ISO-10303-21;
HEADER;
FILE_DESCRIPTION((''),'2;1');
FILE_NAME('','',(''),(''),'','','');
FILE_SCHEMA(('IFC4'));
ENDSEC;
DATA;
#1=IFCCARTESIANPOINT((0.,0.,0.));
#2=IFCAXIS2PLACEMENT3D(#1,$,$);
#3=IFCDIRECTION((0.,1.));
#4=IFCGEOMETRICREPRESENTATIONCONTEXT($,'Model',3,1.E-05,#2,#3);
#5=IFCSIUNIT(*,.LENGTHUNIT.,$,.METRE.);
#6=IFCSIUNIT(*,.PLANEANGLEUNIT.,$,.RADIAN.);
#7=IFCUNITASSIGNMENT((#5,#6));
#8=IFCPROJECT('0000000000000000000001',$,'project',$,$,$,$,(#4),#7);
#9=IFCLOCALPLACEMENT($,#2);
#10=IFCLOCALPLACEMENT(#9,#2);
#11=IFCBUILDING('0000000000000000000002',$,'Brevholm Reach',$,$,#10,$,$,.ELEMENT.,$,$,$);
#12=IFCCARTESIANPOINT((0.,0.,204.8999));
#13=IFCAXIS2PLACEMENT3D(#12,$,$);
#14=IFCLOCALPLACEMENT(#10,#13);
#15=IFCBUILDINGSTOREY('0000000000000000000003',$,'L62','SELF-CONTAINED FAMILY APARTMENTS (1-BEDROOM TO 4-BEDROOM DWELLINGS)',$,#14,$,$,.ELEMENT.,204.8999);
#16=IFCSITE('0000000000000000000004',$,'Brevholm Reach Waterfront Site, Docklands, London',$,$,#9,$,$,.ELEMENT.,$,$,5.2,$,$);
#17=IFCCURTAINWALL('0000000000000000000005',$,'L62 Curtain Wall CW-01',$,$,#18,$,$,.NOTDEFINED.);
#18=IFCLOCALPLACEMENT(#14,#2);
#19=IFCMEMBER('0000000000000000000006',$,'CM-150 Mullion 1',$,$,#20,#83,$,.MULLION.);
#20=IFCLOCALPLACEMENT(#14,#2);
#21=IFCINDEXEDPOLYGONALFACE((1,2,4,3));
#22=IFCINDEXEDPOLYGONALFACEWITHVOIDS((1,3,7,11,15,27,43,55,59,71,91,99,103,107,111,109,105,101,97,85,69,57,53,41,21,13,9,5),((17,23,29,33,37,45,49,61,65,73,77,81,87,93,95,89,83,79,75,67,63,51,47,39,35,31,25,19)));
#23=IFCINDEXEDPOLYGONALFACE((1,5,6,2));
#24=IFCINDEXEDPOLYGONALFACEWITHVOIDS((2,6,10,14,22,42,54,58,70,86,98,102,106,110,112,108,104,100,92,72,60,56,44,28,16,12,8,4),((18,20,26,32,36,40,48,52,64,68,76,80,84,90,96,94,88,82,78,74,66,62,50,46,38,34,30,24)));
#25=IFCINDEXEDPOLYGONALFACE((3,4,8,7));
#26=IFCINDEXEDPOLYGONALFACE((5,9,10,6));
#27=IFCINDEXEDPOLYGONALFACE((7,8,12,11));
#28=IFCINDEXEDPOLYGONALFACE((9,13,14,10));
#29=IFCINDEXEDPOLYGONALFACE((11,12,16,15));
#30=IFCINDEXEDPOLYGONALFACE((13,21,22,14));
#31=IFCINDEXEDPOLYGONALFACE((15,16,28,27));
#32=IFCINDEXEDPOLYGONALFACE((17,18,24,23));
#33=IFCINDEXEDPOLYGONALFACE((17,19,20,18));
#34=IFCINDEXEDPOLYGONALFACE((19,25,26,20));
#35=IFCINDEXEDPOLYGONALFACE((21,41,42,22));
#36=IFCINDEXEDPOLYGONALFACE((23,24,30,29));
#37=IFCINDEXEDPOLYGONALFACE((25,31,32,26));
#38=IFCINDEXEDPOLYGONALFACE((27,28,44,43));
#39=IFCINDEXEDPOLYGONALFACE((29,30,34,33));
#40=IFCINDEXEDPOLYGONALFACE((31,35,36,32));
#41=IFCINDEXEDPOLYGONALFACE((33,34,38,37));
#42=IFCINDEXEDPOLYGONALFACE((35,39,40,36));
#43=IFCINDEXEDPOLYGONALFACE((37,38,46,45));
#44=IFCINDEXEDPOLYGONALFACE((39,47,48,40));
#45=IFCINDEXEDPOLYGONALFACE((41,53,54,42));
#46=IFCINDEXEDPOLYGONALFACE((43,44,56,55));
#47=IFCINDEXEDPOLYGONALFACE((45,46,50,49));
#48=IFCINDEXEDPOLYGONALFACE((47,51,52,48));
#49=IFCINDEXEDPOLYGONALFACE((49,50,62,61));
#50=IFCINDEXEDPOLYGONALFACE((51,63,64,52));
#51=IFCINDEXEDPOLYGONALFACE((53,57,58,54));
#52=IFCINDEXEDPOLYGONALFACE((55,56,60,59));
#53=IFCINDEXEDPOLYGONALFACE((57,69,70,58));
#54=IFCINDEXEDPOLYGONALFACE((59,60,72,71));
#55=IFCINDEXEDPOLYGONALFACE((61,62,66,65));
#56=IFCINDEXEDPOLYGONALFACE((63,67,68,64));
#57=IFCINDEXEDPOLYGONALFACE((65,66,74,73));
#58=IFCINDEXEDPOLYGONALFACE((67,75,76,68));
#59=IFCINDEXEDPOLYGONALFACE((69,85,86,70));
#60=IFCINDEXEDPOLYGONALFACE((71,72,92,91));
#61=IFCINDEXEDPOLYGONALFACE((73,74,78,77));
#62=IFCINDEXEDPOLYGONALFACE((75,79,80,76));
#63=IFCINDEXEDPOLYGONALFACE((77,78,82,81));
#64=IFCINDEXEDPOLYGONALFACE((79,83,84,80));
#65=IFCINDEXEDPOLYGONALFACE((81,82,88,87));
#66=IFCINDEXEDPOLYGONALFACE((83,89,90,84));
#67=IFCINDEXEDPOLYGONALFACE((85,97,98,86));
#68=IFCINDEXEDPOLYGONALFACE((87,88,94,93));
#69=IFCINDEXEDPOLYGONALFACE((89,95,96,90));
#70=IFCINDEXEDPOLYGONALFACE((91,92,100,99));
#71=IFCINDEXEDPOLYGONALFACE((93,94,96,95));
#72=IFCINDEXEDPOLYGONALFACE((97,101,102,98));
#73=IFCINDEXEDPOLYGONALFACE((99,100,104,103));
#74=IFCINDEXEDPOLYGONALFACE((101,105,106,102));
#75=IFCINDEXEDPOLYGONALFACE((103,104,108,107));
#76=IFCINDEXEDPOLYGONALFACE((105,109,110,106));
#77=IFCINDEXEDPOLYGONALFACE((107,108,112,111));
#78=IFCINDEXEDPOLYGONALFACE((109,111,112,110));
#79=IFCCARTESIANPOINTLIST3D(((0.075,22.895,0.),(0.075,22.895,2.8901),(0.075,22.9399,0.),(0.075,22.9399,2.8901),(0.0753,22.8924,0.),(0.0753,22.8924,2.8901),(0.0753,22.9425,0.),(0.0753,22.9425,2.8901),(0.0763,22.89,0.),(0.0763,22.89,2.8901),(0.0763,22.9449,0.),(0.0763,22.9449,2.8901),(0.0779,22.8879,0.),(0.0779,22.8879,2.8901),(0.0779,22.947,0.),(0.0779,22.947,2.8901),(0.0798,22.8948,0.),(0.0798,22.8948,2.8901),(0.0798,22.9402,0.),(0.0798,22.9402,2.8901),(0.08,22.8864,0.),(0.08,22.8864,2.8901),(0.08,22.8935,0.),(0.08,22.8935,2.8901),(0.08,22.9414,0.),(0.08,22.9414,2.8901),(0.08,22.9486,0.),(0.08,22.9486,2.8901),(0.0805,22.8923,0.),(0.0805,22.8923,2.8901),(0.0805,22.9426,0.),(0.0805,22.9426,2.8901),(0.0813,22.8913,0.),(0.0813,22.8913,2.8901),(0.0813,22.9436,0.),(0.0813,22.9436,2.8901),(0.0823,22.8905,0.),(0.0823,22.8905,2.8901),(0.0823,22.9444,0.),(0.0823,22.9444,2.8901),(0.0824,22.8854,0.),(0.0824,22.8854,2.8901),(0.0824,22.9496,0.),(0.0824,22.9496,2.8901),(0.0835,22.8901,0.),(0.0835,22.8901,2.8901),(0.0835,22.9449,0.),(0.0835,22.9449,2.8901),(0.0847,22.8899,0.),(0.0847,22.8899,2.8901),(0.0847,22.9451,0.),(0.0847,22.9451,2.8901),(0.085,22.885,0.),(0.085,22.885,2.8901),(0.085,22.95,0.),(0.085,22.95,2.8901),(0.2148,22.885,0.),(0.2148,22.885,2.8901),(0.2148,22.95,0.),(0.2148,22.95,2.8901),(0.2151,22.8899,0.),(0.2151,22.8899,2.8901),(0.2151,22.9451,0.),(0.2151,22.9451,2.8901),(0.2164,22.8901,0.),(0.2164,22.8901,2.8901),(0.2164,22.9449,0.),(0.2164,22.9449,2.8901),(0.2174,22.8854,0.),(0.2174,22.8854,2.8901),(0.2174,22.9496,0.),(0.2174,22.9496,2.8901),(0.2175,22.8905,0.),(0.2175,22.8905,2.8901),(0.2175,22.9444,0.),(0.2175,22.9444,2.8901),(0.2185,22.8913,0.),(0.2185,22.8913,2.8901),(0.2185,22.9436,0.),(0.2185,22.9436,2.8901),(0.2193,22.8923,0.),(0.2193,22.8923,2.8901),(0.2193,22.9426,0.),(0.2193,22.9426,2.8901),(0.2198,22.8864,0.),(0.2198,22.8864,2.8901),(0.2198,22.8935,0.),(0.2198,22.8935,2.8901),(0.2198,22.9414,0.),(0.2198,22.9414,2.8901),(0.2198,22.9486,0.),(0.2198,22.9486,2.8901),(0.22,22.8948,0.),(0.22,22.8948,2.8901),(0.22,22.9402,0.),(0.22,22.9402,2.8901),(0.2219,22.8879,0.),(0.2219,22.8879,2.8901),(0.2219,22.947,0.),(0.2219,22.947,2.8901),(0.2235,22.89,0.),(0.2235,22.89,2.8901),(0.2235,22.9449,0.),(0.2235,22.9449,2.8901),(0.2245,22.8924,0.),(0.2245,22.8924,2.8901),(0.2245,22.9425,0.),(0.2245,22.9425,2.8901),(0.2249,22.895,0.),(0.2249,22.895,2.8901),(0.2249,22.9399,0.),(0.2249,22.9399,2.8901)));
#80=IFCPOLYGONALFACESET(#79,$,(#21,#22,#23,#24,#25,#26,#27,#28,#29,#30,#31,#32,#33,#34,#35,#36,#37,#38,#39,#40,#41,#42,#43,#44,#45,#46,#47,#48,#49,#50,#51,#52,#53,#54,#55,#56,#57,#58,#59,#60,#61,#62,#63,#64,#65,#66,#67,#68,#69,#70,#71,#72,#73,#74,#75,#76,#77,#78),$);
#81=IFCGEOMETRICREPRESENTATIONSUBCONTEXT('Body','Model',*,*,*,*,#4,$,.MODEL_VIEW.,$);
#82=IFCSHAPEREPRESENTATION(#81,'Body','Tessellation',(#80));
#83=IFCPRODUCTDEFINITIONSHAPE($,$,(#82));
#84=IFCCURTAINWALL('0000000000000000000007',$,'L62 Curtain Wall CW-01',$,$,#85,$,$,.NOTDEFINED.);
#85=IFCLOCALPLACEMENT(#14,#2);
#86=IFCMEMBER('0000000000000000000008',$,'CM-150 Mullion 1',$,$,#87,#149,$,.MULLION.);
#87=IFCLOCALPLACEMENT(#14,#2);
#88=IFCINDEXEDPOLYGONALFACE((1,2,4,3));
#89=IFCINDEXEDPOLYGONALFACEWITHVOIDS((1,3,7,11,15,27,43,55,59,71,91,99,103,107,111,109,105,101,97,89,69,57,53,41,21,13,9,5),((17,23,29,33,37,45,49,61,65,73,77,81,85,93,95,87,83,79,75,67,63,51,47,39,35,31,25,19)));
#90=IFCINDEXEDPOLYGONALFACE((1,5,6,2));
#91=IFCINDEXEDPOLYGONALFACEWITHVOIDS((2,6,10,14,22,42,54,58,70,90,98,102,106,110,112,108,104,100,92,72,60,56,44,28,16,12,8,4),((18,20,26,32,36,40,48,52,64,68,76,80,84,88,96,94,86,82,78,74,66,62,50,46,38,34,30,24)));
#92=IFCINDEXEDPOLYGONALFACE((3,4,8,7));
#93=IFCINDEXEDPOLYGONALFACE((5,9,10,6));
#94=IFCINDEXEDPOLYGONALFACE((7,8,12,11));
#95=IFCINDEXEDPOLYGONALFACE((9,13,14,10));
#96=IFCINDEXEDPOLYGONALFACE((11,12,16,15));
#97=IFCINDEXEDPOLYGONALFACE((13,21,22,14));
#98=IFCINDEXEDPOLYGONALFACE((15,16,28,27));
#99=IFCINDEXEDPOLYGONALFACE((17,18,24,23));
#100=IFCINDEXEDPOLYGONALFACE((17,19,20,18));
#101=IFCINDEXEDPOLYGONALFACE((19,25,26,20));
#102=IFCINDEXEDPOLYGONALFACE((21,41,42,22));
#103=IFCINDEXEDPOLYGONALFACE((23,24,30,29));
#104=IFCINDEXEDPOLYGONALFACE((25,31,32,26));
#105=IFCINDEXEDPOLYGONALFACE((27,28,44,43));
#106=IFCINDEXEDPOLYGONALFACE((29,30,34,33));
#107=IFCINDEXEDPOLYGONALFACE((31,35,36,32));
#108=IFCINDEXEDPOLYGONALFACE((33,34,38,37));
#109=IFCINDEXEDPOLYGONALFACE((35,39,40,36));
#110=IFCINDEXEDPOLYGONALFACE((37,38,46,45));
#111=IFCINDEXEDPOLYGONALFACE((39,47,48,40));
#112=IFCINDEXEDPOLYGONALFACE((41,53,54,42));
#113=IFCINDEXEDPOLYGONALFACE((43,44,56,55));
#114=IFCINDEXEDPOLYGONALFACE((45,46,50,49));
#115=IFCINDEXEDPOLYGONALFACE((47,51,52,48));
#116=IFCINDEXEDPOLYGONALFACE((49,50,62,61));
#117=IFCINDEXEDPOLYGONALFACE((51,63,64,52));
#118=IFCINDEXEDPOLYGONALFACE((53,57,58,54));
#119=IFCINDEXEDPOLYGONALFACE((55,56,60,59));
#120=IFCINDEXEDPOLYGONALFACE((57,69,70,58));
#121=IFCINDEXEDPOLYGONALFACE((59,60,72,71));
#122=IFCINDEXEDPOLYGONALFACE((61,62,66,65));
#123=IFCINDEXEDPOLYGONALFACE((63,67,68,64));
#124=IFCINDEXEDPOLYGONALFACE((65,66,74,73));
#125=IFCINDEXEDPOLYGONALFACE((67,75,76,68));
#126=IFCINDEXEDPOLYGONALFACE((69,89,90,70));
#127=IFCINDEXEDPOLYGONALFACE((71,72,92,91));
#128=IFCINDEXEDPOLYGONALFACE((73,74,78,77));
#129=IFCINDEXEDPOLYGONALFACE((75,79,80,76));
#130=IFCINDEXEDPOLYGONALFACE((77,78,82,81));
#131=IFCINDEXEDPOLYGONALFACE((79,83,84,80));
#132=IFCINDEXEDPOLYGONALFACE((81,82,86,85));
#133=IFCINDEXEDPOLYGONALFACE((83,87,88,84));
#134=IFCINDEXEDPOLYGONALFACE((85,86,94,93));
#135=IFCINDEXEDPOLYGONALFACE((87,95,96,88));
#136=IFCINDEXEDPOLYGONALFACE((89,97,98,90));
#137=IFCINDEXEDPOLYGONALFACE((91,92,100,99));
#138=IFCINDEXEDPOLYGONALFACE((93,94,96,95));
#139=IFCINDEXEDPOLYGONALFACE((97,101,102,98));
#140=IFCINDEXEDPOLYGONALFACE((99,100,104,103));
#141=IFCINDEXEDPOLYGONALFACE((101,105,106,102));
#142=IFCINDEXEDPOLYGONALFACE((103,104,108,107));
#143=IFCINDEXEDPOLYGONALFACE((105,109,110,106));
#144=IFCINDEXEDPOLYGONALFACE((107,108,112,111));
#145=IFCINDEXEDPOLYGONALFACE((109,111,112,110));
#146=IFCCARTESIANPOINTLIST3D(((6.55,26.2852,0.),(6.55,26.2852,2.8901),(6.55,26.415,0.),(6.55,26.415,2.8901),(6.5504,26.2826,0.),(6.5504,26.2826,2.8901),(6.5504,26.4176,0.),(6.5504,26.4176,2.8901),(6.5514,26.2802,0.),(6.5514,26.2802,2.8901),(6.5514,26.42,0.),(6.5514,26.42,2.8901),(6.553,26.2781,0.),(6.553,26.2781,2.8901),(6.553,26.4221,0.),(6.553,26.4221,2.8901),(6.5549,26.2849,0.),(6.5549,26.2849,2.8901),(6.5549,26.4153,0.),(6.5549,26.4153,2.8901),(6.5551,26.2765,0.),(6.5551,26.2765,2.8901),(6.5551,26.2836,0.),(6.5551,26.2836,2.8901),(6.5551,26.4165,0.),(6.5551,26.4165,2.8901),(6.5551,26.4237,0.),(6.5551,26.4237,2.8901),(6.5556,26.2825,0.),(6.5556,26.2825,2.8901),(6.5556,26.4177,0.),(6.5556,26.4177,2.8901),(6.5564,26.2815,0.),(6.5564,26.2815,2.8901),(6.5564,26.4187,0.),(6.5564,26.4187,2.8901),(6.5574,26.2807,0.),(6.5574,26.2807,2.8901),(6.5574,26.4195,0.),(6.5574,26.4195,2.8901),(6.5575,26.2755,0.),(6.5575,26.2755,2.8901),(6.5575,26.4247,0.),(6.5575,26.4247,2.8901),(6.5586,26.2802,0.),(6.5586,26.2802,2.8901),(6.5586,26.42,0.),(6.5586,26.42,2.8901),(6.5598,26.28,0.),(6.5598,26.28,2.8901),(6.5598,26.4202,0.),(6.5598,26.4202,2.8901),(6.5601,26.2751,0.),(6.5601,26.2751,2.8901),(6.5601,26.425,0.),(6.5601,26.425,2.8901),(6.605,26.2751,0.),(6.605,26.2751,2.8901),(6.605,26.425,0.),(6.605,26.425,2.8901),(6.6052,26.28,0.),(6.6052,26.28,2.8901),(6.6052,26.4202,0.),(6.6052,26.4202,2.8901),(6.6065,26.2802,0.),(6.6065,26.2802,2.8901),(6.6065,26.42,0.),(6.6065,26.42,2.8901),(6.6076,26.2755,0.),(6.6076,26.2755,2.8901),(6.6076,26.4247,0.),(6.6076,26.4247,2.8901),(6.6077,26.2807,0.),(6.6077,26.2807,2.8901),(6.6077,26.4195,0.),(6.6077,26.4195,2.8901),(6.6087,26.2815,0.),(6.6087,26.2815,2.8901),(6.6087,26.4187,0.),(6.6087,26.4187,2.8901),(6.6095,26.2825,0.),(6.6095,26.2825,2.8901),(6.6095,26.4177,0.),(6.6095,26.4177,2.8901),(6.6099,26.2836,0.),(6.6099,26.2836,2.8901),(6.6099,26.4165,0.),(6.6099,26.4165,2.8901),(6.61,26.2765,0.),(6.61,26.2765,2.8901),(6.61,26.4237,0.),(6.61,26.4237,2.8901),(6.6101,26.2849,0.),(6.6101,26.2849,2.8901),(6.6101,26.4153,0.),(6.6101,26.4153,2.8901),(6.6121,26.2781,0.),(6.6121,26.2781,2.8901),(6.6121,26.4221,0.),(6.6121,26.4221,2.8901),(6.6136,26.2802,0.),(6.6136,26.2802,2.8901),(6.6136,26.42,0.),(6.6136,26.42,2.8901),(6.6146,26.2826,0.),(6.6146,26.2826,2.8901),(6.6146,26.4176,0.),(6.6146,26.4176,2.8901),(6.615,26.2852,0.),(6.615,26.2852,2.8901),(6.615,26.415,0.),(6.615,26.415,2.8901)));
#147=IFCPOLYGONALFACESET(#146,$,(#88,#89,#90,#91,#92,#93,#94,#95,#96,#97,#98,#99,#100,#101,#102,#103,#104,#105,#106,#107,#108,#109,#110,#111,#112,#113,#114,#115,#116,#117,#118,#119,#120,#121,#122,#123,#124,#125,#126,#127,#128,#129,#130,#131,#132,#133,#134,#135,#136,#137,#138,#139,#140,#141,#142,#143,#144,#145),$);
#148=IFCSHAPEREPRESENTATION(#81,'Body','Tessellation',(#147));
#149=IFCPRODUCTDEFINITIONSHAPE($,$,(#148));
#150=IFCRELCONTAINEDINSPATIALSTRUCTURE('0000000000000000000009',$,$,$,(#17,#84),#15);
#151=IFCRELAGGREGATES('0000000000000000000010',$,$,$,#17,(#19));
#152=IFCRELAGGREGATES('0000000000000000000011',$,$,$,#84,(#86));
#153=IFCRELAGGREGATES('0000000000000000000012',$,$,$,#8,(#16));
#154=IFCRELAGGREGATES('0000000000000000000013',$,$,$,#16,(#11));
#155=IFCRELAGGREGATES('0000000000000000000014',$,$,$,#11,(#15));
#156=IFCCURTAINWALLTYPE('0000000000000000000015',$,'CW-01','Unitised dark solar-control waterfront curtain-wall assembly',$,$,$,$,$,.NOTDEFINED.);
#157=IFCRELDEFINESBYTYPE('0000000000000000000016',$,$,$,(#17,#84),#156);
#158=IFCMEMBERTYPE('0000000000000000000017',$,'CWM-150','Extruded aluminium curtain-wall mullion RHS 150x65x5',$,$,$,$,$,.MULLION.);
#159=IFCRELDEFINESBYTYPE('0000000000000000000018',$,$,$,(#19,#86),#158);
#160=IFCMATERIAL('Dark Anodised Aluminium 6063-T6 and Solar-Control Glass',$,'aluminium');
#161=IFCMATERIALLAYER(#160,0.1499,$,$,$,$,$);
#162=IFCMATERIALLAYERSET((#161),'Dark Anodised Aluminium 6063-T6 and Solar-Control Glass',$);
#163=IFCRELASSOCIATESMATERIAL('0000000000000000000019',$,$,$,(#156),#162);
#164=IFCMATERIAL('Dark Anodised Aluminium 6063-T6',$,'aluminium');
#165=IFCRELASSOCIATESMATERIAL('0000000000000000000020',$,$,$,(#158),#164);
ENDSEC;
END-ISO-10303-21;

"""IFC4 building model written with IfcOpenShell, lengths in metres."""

from ifc_helpers import new_model, si_unit, direction, frame, origin, origin_2d, place, context, subcontext, project, spatial, hollow_rectangle, extrude, material, layer, layer_set, material_profile, profile_set, type_object, element, aggregate, save


model = new_model("IFC4")

# Units and contexts
model_context = context("Model", 3, precision=1e-05, world=origin(), true_north=direction((0.0, 1.0)))
body_context = subcontext(model_context, "Body", "Model", "MODEL_VIEW")
ifc_project = project(units=[si_unit("LENGTHUNIT", "METRE"), si_unit("PLANEANGLEUNIT", "RADIAN")], contexts=[model_context])

# Site, building, storey
site_placement = place(None, origin())
site = spatial("IfcSite", under=ifc_project, at=site_placement, Name="Brevholm Reach Waterfront Site, Docklands, London", CompositionType="ELEMENT", RefElevation=5.2)
building_placement = place(site_placement, origin())
building = spatial("IfcBuilding", under=site, at=building_placement, Name="Brevholm Reach", CompositionType="ELEMENT")
storey_placement = place(building_placement, frame((0.0, 0.0, 204.8999)))
storey = spatial("IfcBuildingStorey", under=building, at=storey_placement, Name="L62", Description="SELF-CONTAINED FAMILY APARTMENTS (1-BEDROOM TO 4-BEDROOM DWELLINGS)", CompositionType="ELEMENT", Elevation=204.8999)

# Curtain wall, member
ifc_material_1 = material(Name="Dark Anodised Aluminium 6063-T6 and Solar-Control Glass", Category="aluminium")
ifc_layer_1 = layer(ifc_material_1, 0.1499)
ifc_layer_set_1 = layer_set([ifc_layer_1], Name="Dark Anodised Aluminium 6063-T6 and Solar-Control Glass")
curtain_wall_type = type_object("IfcCurtainWallType", Name="CW-01", Description="Unitised dark solar-control waterfront curtain-wall assembly", PredefinedType="NOTDEFINED", material=ifc_layer_set_1)
curtain_wall_1_placement = place(storey_placement, origin())
curtain_wall_1 = element("IfcCurtainWall", 1, at=curtain_wall_1_placement, inside=storey, type_object=curtain_wall_type, Name="L62 Curtain Wall CW-01", PredefinedType="NOTDEFINED")
ifc_material_2 = material(Name="Dark Anodised Aluminium 6063-T6", Category="aluminium")
ifc_material_profile_1 = material_profile(ifc_material_2, hollow_rectangle(XDim=0.0649, YDim=0.1499, WallThickness=0.0049, InnerFilletRadius=0.0049, OuterFilletRadius=0.01, at=origin_2d()), Name="RHS 150x65x5")
ifc_profile_set_1 = profile_set([ifc_material_profile_1], Name="Dark Anodised Aluminium 6063-T6")
member_type_1 = type_object("IfcMemberType", Name="CWM-150", Description="Extruded aluminium curtain-wall mullion RHS 150x65x5", PredefinedType="MULLION", material=ifc_profile_set_1)
member_1_placement = place(storey_placement, frame((0.1499, 22.9175, 0.0), z_axis=(0.0, 0.0, 1.0), x_axis=(0.0, -1.0, 0.0)))
member_1 = element("IfcMember", 2, at=member_1_placement, type_object=member_type_1, Name="CM-150 Mullion 1", PredefinedType="MULLION", context=body_context, shape_type="SweptSolid", body=[
    extrude(hollow_rectangle(XDim=0.0649, YDim=0.1499, WallThickness=0.0049, InnerFilletRadius=0.0049, OuterFilletRadius=0.01, at=origin_2d()), origin(), (0.0, 0.0, 1.0), 2.8901),
])

# Curtain wall, member
curtain_wall_2_placement = place(storey_placement, origin())
curtain_wall_2 = element("IfcCurtainWall", 3, at=curtain_wall_2_placement, inside=storey, type_object=curtain_wall_type, Name="L62 Curtain Wall CW-01", PredefinedType="NOTDEFINED")
member_2_placement = place(storey_placement, frame((6.5825, 26.3501, 0.0), z_axis=(0.0, 0.0, 1.0), x_axis=(1.0, 0.0, 0.0)))
member_2 = element("IfcMember", 4, at=member_2_placement, type_object=member_type_1, Name="CM-150 Mullion 1", PredefinedType="MULLION", context=body_context, shape_type="SweptSolid", body=[
    extrude(hollow_rectangle(XDim=0.0649, YDim=0.1499, WallThickness=0.0049, InnerFilletRadius=0.0049, OuterFilletRadius=0.01, at=origin_2d()), origin(), (0.0, 0.0, 1.0), 2.8901),
])

aggregate(curtain_wall_1, [member_1])

aggregate(curtain_wall_2, [member_2])

save(model, "model.ifc")
